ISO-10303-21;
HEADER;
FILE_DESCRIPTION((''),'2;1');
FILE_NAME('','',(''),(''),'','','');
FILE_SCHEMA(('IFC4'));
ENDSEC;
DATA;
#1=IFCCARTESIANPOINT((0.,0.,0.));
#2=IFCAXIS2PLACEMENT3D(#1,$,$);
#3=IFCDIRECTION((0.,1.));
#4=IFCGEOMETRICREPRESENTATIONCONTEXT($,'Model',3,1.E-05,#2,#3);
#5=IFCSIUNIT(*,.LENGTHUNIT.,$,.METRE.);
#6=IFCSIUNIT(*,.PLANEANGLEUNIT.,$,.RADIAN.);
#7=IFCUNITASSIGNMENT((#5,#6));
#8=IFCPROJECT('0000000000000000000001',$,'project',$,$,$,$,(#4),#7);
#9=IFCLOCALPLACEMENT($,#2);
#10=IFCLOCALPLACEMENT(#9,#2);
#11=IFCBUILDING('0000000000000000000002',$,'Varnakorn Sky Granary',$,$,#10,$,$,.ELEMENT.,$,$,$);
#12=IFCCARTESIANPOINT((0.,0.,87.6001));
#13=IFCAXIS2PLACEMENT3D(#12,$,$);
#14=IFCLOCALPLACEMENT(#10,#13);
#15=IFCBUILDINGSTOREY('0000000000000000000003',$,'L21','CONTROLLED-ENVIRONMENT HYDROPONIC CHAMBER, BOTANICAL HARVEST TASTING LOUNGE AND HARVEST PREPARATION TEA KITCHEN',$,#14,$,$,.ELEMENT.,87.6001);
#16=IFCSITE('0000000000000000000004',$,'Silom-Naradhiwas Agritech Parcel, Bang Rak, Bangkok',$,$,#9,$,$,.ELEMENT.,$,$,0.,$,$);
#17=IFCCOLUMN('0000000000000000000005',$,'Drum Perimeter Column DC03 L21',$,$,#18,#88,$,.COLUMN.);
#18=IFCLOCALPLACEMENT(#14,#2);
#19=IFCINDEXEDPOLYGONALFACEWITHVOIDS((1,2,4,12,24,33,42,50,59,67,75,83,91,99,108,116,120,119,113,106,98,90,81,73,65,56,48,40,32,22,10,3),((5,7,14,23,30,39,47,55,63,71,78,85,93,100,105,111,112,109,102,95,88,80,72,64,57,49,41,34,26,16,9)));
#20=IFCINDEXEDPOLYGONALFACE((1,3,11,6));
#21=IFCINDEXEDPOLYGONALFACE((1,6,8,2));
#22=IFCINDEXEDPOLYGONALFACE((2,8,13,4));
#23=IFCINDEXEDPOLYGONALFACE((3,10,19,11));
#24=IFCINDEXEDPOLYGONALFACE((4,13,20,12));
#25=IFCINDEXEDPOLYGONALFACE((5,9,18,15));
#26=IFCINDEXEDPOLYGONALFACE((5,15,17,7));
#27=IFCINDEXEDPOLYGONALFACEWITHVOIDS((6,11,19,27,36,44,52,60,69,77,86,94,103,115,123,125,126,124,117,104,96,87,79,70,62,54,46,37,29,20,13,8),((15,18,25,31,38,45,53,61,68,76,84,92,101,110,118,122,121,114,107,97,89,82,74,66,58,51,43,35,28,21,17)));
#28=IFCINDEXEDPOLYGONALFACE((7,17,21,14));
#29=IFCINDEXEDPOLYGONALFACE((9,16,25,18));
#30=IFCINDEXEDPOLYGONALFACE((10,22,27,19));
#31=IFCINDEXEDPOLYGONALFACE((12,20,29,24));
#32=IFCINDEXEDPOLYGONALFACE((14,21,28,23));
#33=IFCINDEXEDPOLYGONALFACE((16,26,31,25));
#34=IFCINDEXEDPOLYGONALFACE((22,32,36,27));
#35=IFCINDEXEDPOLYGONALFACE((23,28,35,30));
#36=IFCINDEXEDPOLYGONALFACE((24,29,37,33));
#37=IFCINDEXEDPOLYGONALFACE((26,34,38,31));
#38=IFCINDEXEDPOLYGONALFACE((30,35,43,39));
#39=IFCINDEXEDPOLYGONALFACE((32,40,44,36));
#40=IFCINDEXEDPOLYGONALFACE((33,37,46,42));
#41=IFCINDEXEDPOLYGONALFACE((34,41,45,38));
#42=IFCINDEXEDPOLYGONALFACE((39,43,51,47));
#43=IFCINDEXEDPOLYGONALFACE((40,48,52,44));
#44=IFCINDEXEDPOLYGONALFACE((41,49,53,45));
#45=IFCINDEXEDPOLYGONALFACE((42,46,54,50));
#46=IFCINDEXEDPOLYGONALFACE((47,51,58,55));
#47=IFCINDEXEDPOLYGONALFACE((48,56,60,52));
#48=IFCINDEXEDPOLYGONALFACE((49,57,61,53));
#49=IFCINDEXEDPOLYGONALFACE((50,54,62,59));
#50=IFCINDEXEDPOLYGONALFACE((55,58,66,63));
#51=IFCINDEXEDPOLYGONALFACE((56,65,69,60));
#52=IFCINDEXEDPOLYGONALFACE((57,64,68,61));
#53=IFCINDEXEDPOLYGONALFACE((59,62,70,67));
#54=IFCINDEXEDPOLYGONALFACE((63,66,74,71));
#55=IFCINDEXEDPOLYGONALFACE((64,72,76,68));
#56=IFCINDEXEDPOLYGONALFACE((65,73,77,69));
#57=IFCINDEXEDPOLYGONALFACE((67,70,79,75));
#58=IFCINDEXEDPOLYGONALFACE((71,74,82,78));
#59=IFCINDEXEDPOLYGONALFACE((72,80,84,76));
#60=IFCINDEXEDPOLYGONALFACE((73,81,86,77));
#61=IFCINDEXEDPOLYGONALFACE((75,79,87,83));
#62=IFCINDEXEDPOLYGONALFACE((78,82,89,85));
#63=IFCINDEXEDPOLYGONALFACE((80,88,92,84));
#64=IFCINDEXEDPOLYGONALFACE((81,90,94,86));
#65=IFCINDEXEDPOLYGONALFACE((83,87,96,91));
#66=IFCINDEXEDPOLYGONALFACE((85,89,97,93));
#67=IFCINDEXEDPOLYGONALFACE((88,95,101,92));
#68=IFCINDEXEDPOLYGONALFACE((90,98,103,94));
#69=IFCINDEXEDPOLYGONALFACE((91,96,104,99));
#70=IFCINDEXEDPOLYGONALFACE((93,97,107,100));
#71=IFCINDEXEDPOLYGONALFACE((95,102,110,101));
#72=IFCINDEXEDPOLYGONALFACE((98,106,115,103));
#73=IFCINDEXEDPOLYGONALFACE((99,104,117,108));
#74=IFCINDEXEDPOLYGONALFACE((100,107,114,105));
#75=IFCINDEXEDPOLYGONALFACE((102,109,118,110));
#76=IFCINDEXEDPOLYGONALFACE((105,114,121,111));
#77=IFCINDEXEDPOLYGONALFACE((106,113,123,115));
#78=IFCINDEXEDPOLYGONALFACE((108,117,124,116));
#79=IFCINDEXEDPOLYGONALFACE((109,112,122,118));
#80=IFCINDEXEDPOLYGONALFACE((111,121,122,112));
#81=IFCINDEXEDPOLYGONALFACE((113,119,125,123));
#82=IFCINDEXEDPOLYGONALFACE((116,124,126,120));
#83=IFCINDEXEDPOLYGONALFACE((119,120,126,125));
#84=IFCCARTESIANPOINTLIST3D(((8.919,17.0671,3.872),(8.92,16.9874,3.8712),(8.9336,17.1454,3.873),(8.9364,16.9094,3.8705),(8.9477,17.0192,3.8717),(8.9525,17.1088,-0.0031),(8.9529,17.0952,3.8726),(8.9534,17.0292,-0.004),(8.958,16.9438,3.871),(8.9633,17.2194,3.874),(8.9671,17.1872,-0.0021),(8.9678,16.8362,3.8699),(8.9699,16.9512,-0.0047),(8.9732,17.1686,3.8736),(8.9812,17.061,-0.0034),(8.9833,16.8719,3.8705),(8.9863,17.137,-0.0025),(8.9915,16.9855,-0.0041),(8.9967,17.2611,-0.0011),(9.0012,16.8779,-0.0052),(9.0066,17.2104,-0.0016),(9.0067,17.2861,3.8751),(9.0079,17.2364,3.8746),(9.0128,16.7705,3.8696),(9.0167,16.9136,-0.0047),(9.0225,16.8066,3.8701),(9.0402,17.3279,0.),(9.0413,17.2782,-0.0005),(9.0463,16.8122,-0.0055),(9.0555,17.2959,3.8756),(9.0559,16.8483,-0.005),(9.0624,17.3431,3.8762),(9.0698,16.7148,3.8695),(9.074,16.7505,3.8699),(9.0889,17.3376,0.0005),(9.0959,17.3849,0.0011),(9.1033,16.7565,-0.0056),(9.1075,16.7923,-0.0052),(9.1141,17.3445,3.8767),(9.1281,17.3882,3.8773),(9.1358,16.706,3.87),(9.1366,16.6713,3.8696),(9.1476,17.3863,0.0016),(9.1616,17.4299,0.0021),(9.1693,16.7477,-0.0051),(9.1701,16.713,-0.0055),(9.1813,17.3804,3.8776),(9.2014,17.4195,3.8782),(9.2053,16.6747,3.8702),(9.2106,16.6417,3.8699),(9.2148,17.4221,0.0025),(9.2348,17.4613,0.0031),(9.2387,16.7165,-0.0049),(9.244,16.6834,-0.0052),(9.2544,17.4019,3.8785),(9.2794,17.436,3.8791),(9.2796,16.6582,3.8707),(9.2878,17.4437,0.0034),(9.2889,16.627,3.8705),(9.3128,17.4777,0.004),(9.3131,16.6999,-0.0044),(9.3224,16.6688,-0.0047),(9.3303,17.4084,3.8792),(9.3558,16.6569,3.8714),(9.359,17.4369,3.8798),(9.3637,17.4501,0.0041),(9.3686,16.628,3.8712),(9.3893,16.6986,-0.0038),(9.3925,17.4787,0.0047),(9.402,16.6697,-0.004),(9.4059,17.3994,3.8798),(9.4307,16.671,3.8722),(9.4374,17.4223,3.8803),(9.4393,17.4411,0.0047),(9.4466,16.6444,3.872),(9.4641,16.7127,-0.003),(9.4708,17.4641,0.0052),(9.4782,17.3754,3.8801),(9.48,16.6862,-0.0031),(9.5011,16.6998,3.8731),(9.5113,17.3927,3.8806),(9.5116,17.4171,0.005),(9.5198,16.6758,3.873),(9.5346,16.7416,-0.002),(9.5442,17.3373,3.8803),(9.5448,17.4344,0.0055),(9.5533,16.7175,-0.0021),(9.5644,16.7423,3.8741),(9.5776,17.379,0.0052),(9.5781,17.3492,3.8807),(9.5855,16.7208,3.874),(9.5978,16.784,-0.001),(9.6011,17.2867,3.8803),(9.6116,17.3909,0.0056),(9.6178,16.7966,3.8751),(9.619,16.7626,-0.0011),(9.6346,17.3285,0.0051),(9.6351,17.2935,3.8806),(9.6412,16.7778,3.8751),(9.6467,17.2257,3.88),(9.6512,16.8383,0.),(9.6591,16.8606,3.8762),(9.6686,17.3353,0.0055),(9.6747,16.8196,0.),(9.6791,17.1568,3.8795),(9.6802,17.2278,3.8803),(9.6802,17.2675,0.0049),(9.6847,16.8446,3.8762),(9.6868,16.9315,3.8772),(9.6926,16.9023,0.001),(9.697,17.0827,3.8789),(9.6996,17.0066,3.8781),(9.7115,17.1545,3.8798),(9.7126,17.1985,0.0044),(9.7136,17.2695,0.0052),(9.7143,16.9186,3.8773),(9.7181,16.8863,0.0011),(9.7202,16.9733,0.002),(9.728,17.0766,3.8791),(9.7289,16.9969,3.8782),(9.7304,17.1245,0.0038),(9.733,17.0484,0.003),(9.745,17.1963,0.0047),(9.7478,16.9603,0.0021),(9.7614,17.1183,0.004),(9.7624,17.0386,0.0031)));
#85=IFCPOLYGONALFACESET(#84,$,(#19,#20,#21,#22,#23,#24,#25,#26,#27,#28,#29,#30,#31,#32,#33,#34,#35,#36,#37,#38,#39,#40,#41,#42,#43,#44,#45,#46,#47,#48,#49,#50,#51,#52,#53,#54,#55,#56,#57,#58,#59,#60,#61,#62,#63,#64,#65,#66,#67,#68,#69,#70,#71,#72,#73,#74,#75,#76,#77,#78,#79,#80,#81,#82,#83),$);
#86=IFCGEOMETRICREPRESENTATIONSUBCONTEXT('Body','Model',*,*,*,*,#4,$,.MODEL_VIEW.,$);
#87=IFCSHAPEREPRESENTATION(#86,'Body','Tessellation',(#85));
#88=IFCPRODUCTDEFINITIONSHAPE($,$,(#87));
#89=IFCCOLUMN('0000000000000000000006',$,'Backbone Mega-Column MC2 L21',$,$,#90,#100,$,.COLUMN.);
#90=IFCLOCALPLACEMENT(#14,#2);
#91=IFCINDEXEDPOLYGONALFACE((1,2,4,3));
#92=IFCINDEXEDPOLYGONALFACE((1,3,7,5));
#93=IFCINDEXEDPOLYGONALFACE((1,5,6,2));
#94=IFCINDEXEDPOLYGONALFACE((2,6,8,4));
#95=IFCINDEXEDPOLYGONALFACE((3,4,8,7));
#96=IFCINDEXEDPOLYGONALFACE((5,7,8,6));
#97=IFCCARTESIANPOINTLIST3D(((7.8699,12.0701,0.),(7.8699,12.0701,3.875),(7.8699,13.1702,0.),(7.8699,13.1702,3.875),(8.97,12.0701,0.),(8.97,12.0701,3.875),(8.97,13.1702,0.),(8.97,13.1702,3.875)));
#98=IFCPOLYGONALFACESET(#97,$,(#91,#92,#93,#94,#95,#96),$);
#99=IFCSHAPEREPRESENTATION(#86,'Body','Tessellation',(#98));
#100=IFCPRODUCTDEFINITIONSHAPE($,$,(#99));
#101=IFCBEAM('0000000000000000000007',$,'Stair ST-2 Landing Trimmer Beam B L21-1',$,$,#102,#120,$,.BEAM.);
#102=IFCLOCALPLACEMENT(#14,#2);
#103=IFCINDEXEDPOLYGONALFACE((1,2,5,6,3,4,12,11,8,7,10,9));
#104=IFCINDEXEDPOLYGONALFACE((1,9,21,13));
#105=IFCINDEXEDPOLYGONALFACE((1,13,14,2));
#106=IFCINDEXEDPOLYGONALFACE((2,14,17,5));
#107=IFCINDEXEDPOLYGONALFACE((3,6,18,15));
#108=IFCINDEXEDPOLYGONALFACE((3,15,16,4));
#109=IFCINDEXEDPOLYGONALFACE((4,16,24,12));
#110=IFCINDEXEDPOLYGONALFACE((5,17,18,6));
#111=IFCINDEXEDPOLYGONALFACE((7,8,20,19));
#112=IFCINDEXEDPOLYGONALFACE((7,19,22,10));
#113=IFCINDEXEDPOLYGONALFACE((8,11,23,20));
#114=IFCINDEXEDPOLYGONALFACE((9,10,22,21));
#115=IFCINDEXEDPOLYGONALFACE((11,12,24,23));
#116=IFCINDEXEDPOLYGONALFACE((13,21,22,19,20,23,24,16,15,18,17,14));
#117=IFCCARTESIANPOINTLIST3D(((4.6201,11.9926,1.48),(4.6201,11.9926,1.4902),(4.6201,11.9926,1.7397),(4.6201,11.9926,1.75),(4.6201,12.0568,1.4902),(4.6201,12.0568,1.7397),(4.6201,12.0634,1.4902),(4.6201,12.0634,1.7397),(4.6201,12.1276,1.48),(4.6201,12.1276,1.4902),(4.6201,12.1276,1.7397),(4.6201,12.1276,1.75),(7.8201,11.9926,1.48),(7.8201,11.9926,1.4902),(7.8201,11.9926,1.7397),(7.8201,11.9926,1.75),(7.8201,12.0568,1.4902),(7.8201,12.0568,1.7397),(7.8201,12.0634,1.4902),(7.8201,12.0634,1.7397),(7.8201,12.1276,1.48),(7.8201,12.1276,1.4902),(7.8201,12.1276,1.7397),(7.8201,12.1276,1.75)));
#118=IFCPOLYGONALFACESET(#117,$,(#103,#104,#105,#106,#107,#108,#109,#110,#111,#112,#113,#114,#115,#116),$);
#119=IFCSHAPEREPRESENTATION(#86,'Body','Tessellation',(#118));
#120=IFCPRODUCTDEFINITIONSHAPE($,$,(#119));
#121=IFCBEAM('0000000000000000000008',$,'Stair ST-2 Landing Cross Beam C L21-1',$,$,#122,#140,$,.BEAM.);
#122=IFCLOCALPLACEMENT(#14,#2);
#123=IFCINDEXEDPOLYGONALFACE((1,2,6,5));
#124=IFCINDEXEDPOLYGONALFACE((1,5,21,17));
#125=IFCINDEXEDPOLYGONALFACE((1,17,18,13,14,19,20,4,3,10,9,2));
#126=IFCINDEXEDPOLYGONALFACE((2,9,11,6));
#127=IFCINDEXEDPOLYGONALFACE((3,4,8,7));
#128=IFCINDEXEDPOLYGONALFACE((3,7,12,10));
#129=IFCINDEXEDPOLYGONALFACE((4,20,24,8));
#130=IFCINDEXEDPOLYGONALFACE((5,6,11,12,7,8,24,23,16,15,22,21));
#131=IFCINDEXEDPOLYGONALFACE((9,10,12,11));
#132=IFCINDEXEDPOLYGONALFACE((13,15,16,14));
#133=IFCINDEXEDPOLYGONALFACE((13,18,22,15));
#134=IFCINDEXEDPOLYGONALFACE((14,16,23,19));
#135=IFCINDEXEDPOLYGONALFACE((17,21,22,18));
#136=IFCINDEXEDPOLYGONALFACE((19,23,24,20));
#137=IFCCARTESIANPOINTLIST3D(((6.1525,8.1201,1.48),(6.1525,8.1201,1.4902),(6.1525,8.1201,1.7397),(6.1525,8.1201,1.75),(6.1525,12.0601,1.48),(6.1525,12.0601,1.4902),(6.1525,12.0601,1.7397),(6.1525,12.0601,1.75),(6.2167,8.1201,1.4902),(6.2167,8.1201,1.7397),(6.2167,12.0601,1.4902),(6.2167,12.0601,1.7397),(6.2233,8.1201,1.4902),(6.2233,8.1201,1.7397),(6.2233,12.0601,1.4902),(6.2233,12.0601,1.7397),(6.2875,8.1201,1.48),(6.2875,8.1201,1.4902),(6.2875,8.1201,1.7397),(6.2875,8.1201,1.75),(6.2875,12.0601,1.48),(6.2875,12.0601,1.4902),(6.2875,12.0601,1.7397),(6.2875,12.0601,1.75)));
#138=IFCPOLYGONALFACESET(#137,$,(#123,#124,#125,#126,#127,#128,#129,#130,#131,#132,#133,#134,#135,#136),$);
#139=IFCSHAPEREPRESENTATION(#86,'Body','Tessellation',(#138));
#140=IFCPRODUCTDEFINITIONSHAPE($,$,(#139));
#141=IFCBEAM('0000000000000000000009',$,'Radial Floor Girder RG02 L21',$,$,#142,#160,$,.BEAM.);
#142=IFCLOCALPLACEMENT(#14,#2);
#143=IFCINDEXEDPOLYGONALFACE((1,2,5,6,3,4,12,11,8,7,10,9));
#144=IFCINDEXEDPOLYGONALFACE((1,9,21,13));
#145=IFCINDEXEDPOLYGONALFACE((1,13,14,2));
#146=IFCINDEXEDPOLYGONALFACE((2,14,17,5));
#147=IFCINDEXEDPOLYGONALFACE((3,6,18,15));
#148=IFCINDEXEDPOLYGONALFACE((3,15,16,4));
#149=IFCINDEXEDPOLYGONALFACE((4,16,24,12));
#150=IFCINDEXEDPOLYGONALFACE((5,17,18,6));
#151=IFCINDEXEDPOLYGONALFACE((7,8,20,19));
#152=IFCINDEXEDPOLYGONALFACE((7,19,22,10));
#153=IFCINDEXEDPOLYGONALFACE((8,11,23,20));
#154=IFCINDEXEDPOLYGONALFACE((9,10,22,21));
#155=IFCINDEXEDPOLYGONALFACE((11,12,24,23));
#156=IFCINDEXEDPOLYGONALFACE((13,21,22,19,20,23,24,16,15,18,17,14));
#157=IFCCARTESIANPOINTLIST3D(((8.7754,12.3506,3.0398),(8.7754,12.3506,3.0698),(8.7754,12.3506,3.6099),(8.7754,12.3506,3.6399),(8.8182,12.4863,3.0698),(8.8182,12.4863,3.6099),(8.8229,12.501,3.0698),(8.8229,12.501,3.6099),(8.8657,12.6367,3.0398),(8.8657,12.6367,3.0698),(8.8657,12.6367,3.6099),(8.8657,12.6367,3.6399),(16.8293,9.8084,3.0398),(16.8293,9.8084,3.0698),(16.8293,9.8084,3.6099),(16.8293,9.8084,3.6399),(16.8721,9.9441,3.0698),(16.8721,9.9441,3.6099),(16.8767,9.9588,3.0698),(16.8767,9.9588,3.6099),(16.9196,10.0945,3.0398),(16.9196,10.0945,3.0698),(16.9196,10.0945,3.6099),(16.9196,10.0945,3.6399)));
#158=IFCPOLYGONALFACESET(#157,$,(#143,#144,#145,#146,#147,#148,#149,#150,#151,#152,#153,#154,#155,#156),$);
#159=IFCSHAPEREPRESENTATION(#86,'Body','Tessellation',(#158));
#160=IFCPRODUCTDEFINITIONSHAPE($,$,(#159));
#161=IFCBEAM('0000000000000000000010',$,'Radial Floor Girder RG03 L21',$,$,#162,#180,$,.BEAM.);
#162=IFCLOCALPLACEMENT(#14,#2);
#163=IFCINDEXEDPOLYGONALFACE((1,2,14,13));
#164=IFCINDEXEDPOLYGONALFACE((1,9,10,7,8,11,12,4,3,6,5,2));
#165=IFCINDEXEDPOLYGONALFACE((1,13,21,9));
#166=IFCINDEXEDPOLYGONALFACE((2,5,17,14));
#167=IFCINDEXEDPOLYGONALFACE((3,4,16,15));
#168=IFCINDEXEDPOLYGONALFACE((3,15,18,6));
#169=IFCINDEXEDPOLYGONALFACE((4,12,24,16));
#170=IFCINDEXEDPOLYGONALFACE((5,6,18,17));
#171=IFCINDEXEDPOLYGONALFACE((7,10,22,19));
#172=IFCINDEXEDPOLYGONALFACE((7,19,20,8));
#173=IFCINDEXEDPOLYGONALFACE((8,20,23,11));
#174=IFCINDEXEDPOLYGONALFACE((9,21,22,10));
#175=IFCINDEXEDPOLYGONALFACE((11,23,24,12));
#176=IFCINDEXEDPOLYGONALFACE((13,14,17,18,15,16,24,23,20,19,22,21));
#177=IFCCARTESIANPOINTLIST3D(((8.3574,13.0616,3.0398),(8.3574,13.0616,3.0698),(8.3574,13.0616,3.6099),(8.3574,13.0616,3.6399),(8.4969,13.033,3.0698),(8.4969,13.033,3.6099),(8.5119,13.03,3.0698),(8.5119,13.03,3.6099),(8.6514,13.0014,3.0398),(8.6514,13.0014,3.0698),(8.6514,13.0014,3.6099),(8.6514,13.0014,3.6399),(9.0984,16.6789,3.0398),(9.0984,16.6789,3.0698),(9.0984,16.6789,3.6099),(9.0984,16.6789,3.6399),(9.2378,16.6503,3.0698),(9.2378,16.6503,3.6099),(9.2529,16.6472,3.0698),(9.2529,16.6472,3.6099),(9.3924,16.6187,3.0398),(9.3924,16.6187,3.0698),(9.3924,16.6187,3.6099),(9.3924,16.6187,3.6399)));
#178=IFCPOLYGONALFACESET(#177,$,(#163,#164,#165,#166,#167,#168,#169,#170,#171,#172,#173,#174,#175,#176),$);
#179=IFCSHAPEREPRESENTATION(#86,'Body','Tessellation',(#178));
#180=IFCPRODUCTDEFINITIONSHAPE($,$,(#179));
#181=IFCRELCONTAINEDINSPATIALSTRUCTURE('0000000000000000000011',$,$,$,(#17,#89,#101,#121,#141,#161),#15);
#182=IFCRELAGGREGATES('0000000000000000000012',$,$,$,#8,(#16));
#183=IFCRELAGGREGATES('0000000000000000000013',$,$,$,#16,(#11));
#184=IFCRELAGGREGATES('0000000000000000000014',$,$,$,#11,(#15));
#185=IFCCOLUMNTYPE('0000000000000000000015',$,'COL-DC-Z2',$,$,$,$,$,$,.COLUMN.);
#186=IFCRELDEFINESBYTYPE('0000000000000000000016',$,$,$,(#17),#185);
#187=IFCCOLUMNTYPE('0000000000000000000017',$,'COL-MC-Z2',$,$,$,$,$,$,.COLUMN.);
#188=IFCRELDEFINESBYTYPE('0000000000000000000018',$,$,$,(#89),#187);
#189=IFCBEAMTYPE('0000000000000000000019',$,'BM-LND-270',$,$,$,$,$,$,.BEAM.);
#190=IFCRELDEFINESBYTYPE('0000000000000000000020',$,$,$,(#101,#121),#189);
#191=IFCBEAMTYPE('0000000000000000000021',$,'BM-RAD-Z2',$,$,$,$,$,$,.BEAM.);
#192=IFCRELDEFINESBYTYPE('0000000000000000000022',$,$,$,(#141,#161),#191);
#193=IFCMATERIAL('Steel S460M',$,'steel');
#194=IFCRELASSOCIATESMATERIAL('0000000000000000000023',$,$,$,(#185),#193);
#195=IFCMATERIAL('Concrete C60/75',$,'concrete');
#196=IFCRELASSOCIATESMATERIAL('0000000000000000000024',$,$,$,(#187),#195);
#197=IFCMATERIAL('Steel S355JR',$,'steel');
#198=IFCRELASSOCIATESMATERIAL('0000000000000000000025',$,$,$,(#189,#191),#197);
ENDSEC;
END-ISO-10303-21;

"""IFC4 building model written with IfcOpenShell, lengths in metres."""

from ifc_helpers import new_model, si_unit, direction, frame, origin, origin_2d, place, context, subcontext, project, spatial, rectangle, hollow_circle, i_section, extrude, material, material_profile, profile_set, type_object, element, save


model = new_model("IFC4")

# Units and contexts
model_context = context("Model", 3, precision=1e-05, world=origin(), true_north=direction((0.0, 1.0)))
body_context = subcontext(model_context, "Body", "Model", "MODEL_VIEW")
ifc_project = project(units=[si_unit("LENGTHUNIT", "METRE"), si_unit("PLANEANGLEUNIT", "RADIAN")], contexts=[model_context])

# Site, building, storey
site_placement = place(None, origin())
site = spatial("IfcSite", under=ifc_project, at=site_placement, Name="Silom-Naradhiwas Agritech Parcel, Bang Rak, Bangkok", CompositionType="ELEMENT", RefElevation=0.0)
building_placement = place(site_placement, origin())
building = spatial("IfcBuilding", under=site, at=building_placement, Name="Varnakorn Sky Granary", CompositionType="ELEMENT")
storey_placement = place(building_placement, frame((0.0, 0.0, 87.6001)))
storey = spatial("IfcBuildingStorey", under=building, at=storey_placement, Name="L21", Description="CONTROLLED-ENVIRONMENT HYDROPONIC CHAMBER, BOTANICAL HARVEST TASTING LOUNGE AND HARVEST PREPARATION TEA KITCHEN", CompositionType="ELEMENT", Elevation=87.6001)

# Columns
ifc_material_1 = material(Name="Steel S460M", Category="steel")
ifc_material_profile_1 = material_profile(ifc_material_1, hollow_circle(Radius=0.4065, WallThickness=0.03, at=origin_2d()), Name="CHS 813x30")
ifc_profile_set_1 = profile_set([ifc_material_profile_1], Name="Steel S460M")
column_type_1 = type_object("IfcColumnType", Name="COL-DC-Z2", PredefinedType="COLUMN", material=ifc_profile_set_1)
column_1_placement = place(storey_placement, frame((9.3574, 17.0737, 0.0), z_axis=(-0.008631, -0.010773, 0.999905), x_axis=(0.780423, -0.625251, 0.0)))
element("IfcColumn", 1, at=column_1_placement, inside=storey, type_object=column_type_1, Name="Drum Perimeter Column DC03 L21", PredefinedType="COLUMN", context=body_context, shape_type="SweptSolid", body=[
    extrude(hollow_circle(Radius=0.4065, WallThickness=0.03, at=origin_2d()), origin(), (0.0, 0.0, 1.0), 3.8755),
])
ifc_material_2 = material(Name="Concrete C60/75", Category="concrete")
ifc_material_profile_2 = material_profile(ifc_material_2, rectangle(XDim=1.1001, YDim=1.1001, at=origin_2d()), Name="RC 1100x1100")
ifc_profile_set_2 = profile_set([ifc_material_profile_2], Name="Concrete C60/75")
column_type_2 = type_object("IfcColumnType", Name="COL-MC-Z2", PredefinedType="COLUMN", material=ifc_profile_set_2)
column_2_placement = place(storey_placement, frame((8.4199, 12.6201, 0.0), z_axis=(0.0, 0.0, 1.0), x_axis=(1.0, 0.0, 0.0)))
element("IfcColumn", 2, at=column_2_placement, inside=storey, type_object=column_type_2, Name="Backbone Mega-Column MC2 L21", PredefinedType="COLUMN", context=body_context, shape_type="SweptSolid", body=[
    extrude(rectangle(XDim=1.1001, YDim=1.1001, at=origin_2d()), origin(), (0.0, 0.0, 1.0), 3.875),
])

# Beams
ifc_material_3 = material(Name="Steel S355JR", Category="steel")
ifc_material_profile_3 = material_profile(ifc_material_3, i_section(OverallWidth=0.135, OverallDepth=0.27, WebThickness=0.0066, FlangeThickness=0.0103, at=origin_2d()), Name="IPE 270")
ifc_profile_set_3 = profile_set([ifc_material_profile_3], Name="Steel S355JR")
beam_type_1 = type_object("IfcBeamType", Name="BM-LND-270", PredefinedType="BEAM", material=ifc_profile_set_3)
beam_1_placement = place(storey_placement, frame((4.6201, 12.0601, 1.615), z_axis=(1.0, 0.0, 0.0), x_axis=(0.0, 1.0, 0.0)))
element("IfcBeam", 3, at=beam_1_placement, inside=storey, type_object=beam_type_1, Name="Stair ST-2 Landing Trimmer Beam B L21-1", PredefinedType="BEAM", context=body_context, shape_type="SweptSolid", body=[
    extrude(i_section(OverallWidth=0.135, OverallDepth=0.27, WebThickness=0.0066, FlangeThickness=0.0103, at=origin_2d()), origin(), (0.0, 0.0, 1.0), 3.2),
])
beam_2_placement = place(storey_placement, frame((6.22, 8.1201, 1.615), z_axis=(0.0, 1.0, 0.0), x_axis=(-1.0, 0.0, 0.0)))
element("IfcBeam", 4, at=beam_2_placement, inside=storey, type_object=beam_type_1, Name="Stair ST-2 Landing Cross Beam C L21-1", PredefinedType="BEAM", context=body_context, shape_type="SweptSolid", body=[
    extrude(i_section(OverallWidth=0.135, OverallDepth=0.27, WebThickness=0.0066, FlangeThickness=0.0103, at=origin_2d()), origin(), (0.0, 0.0, 1.0), 3.9399),
])
ifc_material_profile_4 = material_profile(ifc_material_3, i_section(OverallWidth=0.3, OverallDepth=0.6001, WebThickness=0.0154, FlangeThickness=0.03, at=origin_2d()), Name="HE 600 B")
ifc_profile_set_4 = profile_set([ifc_material_profile_4], Name="Steel S355JR")
beam_type_2 = type_object("IfcBeamType", Name="BM-RAD-Z2", PredefinedType="BEAM", material=ifc_profile_set_4)
beam_3_placement = place(storey_placement, frame((8.8206, 12.4937, 3.3398), z_axis=(0.953621, -0.301011, 0.0), x_axis=(0.301011, 0.953621, 0.0)))
element("IfcBeam", 5, at=beam_3_placement, inside=storey, type_object=beam_type_2, Name="Radial Floor Girder RG02 L21", PredefinedType="BEAM", context=body_context, shape_type="SweptSolid", body=[
    extrude(i_section(OverallWidth=0.3, OverallDepth=0.6001, WebThickness=0.0154, FlangeThickness=0.03, at=origin_2d()), origin(), (0.0, 0.0, 1.0), 8.4456),
])
beam_4_placement = place(storey_placement, frame((8.5044, 13.0315, 3.3398), z_axis=(0.200679, 0.979657, 0.0), x_axis=(-0.979657, 0.200679, 0.0)))
element("IfcBeam", 6, at=beam_4_placement, inside=storey, type_object=beam_type_2, Name="Radial Floor Girder RG03 L21", PredefinedType="BEAM", context=body_context, shape_type="SweptSolid", body=[
    extrude(i_section(OverallWidth=0.3, OverallDepth=0.6001, WebThickness=0.0154, FlangeThickness=0.03, at=origin_2d()), origin(), (0.0, 0.0, 1.0), 3.6924),
])

save(model, "model.ifc")
